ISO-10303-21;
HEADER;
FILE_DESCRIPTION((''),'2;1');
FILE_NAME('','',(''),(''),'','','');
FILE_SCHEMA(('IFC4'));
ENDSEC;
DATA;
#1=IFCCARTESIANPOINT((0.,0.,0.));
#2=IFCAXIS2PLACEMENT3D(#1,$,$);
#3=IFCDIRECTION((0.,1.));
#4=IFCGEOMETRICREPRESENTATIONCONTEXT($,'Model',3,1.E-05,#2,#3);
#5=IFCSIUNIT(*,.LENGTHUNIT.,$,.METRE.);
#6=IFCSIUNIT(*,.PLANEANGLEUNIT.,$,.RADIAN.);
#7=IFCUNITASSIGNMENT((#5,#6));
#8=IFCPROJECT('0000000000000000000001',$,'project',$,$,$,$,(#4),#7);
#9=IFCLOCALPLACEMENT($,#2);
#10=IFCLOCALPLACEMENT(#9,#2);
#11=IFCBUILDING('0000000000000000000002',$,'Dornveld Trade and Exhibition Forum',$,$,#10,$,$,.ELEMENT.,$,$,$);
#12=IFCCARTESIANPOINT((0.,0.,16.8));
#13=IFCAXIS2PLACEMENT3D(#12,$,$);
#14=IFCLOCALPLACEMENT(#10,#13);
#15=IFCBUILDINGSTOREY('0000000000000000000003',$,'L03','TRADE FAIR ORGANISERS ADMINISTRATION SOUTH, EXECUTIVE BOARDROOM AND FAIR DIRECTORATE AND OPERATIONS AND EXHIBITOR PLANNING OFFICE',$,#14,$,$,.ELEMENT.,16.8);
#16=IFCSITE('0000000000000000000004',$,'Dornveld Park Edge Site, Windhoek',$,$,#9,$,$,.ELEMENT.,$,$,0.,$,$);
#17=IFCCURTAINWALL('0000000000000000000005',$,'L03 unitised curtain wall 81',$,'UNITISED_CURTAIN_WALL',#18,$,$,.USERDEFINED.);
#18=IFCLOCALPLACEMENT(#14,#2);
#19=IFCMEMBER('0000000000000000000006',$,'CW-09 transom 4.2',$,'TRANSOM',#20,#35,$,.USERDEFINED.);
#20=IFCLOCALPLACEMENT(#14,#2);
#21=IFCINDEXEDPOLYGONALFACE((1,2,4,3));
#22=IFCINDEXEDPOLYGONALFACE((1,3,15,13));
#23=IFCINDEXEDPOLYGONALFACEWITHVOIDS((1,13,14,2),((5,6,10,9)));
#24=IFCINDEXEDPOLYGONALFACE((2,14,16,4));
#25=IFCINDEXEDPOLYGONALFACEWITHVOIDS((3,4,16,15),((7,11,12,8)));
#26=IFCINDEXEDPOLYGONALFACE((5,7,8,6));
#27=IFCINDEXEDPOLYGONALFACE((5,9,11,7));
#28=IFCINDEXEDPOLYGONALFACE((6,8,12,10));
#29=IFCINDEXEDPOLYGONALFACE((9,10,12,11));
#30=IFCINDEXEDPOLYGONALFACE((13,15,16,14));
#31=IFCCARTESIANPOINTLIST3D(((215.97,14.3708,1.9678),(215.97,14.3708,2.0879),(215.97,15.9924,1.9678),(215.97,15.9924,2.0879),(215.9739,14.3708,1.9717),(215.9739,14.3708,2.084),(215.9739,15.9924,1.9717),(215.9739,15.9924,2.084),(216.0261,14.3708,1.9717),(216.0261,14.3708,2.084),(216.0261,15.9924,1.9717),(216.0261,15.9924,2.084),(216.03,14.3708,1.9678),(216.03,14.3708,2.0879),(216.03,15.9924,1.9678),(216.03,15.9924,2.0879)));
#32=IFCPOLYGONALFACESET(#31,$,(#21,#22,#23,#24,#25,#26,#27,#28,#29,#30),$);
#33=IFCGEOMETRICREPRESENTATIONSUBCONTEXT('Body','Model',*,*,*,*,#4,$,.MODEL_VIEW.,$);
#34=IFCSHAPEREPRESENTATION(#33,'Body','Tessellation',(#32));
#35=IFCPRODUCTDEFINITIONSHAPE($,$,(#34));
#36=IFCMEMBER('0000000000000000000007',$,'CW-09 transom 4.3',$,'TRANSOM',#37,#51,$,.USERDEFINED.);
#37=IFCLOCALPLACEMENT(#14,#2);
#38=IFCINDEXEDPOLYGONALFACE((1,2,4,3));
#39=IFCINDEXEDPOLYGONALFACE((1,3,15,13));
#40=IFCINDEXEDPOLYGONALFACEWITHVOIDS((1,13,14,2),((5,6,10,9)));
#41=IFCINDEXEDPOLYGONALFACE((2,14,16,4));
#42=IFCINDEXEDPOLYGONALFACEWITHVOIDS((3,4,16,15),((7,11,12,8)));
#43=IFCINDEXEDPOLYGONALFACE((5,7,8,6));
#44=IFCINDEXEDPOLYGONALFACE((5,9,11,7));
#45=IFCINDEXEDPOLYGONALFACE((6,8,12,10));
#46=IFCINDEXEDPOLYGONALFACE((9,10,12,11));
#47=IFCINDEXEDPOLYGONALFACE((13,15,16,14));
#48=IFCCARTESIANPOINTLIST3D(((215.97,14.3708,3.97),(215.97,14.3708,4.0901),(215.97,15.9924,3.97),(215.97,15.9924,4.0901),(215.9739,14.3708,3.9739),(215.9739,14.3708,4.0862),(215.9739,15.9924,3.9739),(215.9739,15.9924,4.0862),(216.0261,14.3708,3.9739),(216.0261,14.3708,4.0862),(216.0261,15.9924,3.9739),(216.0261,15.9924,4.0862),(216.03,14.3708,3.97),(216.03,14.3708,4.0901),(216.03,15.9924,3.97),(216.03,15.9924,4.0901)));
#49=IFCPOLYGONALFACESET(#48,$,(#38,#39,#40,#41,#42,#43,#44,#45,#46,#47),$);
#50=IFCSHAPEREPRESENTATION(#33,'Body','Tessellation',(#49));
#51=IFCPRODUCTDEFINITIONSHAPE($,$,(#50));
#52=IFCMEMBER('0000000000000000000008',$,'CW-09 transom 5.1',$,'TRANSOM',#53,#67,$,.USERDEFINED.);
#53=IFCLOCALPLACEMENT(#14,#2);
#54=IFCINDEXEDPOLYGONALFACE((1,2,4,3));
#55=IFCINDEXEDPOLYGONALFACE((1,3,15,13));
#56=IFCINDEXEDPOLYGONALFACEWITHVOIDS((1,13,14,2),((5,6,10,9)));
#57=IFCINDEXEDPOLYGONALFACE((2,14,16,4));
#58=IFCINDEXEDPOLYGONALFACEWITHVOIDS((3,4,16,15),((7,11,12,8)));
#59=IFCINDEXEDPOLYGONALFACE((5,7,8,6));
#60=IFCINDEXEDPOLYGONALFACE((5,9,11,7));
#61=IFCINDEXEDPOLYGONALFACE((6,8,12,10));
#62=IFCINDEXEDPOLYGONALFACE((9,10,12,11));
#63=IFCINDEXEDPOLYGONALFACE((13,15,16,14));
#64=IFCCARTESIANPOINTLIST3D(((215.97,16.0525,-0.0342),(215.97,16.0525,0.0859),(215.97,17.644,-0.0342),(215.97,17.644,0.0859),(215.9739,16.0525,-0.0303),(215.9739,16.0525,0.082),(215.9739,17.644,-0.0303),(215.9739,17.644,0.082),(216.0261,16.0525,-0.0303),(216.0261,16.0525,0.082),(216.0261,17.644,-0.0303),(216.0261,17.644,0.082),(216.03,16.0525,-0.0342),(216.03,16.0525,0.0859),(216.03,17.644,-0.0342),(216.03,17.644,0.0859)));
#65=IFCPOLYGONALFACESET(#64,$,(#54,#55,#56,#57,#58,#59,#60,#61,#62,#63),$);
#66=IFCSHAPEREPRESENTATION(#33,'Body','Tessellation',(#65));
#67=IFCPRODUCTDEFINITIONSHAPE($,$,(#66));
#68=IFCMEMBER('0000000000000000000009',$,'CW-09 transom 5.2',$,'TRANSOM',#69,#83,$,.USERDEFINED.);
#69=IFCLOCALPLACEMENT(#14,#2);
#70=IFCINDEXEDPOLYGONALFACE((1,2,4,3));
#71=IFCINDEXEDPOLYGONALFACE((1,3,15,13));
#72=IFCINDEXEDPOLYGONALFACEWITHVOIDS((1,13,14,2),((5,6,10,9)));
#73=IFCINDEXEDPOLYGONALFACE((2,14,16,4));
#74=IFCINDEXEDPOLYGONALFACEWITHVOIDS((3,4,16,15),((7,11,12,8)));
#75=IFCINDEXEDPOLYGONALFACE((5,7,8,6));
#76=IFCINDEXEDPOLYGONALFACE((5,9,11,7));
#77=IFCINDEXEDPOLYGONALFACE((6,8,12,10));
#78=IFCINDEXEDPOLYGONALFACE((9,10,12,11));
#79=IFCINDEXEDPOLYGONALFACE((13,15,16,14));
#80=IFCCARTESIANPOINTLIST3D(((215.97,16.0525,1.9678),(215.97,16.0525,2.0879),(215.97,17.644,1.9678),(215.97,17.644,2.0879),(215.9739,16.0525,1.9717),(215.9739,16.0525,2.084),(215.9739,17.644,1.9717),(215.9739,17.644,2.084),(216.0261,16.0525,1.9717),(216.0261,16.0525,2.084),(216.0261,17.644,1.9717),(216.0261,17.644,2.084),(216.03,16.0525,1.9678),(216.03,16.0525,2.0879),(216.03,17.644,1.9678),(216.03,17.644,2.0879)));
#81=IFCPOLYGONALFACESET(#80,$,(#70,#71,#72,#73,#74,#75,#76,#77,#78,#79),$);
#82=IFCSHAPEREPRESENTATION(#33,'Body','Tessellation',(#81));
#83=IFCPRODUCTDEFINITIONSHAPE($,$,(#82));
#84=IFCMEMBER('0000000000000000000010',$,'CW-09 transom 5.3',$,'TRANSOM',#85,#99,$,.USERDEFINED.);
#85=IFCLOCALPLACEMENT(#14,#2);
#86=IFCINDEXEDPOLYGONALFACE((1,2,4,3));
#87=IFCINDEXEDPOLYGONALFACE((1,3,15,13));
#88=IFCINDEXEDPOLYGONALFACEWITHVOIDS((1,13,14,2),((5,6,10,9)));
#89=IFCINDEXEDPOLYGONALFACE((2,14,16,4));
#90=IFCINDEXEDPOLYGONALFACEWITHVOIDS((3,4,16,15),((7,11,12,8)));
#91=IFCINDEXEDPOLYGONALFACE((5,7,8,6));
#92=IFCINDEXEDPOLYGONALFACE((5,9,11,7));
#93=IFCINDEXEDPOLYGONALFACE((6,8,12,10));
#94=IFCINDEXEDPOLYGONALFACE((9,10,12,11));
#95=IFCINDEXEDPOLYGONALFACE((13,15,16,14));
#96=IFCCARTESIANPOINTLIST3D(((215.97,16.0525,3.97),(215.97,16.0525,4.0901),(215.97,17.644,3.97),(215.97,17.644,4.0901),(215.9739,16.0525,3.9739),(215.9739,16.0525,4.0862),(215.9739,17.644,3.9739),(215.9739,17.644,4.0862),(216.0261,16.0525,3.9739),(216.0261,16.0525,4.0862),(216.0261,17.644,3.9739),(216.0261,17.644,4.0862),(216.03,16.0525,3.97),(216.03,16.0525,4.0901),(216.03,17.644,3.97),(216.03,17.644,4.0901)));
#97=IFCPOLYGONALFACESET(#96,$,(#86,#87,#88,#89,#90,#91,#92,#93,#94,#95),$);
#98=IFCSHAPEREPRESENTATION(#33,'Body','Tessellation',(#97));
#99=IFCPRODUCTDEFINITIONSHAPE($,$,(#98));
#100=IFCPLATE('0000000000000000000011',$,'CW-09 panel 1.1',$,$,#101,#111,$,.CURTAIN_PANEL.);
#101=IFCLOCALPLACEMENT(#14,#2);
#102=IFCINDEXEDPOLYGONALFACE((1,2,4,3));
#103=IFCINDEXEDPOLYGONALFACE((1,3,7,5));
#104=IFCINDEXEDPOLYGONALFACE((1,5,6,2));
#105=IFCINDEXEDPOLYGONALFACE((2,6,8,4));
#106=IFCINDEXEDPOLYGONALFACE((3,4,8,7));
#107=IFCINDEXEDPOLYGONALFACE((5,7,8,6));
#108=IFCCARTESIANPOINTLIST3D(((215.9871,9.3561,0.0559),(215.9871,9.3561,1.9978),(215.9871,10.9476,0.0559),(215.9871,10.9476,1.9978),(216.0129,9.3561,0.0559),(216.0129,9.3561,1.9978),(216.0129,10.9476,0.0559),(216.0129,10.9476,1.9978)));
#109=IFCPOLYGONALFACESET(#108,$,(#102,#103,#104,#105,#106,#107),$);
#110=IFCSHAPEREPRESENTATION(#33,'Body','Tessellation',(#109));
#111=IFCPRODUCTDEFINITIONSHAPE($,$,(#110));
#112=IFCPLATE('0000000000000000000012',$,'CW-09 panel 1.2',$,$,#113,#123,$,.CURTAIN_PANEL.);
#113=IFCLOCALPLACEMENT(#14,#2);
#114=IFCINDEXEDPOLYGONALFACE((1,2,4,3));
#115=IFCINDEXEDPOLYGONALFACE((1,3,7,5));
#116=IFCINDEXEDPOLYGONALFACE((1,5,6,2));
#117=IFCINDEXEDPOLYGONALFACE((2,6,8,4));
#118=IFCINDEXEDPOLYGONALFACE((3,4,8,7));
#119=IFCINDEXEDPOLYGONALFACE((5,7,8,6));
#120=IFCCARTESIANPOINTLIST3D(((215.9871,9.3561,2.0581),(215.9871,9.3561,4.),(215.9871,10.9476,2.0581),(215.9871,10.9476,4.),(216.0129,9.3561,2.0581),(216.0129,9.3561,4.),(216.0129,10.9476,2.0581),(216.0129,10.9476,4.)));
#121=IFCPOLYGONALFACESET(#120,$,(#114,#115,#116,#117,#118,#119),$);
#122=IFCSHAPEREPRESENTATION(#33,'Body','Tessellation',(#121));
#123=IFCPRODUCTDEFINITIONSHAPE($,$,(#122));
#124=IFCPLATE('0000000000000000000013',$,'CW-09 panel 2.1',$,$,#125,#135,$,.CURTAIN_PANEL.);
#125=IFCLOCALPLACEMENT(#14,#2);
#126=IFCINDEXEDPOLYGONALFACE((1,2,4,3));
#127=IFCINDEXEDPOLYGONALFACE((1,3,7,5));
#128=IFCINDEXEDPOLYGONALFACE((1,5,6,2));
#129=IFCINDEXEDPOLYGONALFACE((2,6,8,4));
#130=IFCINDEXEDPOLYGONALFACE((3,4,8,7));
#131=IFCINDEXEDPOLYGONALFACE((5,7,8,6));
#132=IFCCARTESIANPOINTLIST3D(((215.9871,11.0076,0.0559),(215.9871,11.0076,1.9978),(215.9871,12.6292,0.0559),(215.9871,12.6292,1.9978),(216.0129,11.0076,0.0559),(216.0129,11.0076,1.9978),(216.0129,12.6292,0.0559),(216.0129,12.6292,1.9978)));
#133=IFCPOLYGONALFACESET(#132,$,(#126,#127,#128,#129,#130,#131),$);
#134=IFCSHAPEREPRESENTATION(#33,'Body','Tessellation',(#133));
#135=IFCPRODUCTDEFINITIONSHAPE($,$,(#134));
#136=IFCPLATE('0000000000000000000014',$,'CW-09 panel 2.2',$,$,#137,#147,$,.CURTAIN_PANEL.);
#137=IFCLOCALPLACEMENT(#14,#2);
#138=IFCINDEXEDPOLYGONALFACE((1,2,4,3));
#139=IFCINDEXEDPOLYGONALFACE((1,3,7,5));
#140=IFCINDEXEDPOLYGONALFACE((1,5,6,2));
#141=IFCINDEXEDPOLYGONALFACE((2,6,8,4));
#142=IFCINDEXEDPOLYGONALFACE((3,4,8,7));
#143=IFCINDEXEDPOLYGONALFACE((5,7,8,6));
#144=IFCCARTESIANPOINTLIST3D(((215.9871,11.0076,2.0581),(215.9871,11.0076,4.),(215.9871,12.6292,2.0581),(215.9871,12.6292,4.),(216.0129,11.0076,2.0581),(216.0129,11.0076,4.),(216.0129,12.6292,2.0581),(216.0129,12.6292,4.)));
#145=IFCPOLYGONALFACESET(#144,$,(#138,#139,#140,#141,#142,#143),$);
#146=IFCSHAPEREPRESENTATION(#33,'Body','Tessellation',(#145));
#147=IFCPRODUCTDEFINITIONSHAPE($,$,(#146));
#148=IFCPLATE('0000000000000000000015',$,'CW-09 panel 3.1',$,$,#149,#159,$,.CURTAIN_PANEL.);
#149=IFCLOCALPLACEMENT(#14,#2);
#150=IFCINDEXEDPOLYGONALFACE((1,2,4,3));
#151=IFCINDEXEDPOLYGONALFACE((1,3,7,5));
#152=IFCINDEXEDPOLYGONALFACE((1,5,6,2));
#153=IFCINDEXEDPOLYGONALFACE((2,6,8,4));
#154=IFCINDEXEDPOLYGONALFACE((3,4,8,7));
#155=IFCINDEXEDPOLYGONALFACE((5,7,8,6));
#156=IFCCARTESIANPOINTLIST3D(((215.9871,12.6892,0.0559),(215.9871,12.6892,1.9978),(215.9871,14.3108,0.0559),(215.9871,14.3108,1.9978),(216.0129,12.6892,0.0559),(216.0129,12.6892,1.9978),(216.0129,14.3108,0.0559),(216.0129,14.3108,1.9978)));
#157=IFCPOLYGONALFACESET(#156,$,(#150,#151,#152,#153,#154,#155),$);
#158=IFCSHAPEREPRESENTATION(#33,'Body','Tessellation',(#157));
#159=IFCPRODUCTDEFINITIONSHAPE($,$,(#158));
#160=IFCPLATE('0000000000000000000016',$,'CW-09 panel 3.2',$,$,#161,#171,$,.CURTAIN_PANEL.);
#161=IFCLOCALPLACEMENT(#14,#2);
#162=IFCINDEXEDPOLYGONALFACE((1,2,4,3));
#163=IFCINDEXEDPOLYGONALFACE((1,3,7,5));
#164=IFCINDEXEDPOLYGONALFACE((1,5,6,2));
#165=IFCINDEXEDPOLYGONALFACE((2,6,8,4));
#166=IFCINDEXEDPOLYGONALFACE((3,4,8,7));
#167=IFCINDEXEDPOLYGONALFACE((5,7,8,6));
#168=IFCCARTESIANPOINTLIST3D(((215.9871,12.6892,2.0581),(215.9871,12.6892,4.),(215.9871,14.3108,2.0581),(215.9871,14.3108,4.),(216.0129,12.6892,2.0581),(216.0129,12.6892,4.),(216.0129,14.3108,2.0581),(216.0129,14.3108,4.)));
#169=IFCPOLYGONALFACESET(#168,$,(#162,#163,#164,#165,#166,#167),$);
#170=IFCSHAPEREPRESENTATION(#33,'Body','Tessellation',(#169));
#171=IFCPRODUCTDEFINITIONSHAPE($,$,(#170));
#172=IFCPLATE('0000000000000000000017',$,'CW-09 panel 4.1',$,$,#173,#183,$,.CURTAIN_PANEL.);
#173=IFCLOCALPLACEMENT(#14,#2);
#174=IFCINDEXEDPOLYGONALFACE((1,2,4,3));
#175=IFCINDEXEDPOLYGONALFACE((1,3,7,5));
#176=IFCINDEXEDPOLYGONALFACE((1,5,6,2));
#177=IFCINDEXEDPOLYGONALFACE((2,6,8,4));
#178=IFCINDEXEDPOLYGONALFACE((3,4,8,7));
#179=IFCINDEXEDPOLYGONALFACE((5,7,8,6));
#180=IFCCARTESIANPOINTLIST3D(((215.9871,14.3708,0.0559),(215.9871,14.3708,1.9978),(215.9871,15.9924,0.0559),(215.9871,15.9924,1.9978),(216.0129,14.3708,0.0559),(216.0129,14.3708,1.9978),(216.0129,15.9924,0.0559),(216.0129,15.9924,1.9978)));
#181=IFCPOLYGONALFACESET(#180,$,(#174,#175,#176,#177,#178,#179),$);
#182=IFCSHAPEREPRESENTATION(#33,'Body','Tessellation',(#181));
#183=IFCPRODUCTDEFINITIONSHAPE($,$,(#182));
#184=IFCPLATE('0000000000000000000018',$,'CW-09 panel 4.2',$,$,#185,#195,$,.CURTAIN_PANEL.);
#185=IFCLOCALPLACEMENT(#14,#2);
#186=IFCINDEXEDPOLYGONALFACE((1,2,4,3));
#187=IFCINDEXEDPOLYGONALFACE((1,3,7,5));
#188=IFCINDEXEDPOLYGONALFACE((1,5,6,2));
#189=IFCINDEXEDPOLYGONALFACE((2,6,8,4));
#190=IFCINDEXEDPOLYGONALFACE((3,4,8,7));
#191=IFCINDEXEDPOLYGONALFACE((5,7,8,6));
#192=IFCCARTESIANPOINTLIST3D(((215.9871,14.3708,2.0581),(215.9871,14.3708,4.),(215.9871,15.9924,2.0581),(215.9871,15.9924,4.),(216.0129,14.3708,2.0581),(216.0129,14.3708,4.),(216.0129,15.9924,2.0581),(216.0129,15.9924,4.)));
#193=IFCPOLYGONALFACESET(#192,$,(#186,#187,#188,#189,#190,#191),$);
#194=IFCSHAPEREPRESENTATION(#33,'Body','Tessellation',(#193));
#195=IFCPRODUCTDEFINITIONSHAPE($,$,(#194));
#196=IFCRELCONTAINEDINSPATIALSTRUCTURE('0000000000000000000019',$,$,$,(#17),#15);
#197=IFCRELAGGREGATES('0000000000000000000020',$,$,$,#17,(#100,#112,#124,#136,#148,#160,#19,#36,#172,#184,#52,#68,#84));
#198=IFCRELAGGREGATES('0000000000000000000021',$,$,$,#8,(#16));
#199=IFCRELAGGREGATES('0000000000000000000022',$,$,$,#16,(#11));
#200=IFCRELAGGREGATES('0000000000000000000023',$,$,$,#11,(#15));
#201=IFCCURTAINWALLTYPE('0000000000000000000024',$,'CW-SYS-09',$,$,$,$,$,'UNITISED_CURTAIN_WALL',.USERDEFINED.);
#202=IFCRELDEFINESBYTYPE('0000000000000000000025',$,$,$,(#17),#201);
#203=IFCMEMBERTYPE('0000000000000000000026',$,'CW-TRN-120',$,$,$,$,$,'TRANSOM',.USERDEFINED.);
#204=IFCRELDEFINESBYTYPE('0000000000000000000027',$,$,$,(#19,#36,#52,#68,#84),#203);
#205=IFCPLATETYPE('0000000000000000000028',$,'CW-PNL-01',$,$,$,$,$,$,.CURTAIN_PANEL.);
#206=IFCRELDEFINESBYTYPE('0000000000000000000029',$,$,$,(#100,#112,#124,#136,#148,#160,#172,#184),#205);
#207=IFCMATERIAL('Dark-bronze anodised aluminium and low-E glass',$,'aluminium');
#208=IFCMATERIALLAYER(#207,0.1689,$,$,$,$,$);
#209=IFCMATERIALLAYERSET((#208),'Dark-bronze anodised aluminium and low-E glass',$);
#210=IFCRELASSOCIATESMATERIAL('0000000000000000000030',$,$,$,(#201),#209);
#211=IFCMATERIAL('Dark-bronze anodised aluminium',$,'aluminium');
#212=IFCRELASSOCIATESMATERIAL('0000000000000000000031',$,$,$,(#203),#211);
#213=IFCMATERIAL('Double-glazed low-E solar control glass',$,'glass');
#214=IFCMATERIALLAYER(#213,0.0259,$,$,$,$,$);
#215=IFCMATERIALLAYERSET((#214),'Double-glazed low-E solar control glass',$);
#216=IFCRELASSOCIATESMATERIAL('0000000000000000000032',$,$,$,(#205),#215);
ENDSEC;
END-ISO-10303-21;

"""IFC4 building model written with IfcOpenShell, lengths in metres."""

from ifc_helpers import new_model, si_unit, direction, frame, origin, origin_2d, place, context, subcontext, project, spatial, rectangle, hollow_rectangle, extrude, material, layer, layer_set, material_profile, profile_set, type_object, element, aggregate, save


model = new_model("IFC4")

# Units and contexts
model_context = context("Model", 3, precision=1e-05, world=origin(), true_north=direction((0.0, 1.0)))
body_context = subcontext(model_context, "Body", "Model", "MODEL_VIEW")
ifc_project = project(units=[si_unit("LENGTHUNIT", "METRE"), si_unit("PLANEANGLEUNIT", "RADIAN")], contexts=[model_context])

# Site, building, storey
site_placement = place(None, origin())
site = spatial("IfcSite", under=ifc_project, at=site_placement, Name="Dornveld Park Edge Site, Windhoek", CompositionType="ELEMENT", RefElevation=0.0)
building_placement = place(site_placement, origin())
building = spatial("IfcBuilding", under=site, at=building_placement, Name="Dornveld Trade and Exhibition Forum", CompositionType="ELEMENT")
storey_placement = place(building_placement, frame((0.0, 0.0, 16.8)))
storey = spatial("IfcBuildingStorey", under=building, at=storey_placement, Name="L03", Description="TRADE FAIR ORGANISERS ADMINISTRATION SOUTH, EXECUTIVE BOARDROOM AND FAIR DIRECTORATE AND OPERATIONS AND EXHIBITOR PLANNING OFFICE", CompositionType="ELEMENT", Elevation=16.8)

# Curtain wall, members, plates
ifc_material_1 = material(Name="Dark-bronze anodised aluminium and low-E glass", Category="aluminium")
ifc_layer_1 = layer(ifc_material_1, 0.1689)
ifc_layer_set_1 = layer_set([ifc_layer_1], Name="Dark-bronze anodised aluminium and low-E glass")
curtain_wall_type = type_object("IfcCurtainWallType", Name="CW-SYS-09", ElementType="UNITISED_CURTAIN_WALL", PredefinedType="USERDEFINED", material=ifc_layer_set_1)
curtain_wall_placement = place(storey_placement, origin())
curtain_wall = element("IfcCurtainWall", 1, at=curtain_wall_placement, inside=storey, type_object=curtain_wall_type, Name="L03 unitised curtain wall 81", ObjectType="UNITISED_CURTAIN_WALL", PredefinedType="USERDEFINED")
ifc_material_2 = material(Name="Dark-bronze anodised aluminium", Category="aluminium")
ifc_material_profile_1 = material_profile(ifc_material_2, hollow_rectangle(XDim=0.0601, YDim=0.1201, WallThickness=0.0039, at=origin_2d()), Name="RHS 120x60x4")
ifc_profile_set_1 = profile_set([ifc_material_profile_1], Name="Dark-bronze anodised aluminium")
member_type_1 = type_object("IfcMemberType", Name="CW-TRN-120", ElementType="TRANSOM", PredefinedType="USERDEFINED", material=ifc_profile_set_1)
member_1_placement = place(storey_placement, frame((216.0, 14.3708, 2.0278), z_axis=(0.0, 1.0, 0.0), x_axis=(-1.0, 0.0, 0.0)))
member_1 = element("IfcMember", 2, at=member_1_placement, type_object=member_type_1, Name="CW-09 transom 4.2", ObjectType="TRANSOM", PredefinedType="USERDEFINED", context=body_context, shape_type="SweptSolid", body=[
    extrude(hollow_rectangle(XDim=0.0601, YDim=0.1201, WallThickness=0.0039, at=origin_2d()), origin(), (0.0, 0.0, 1.0), 1.6216),
])
member_2_placement = place(storey_placement, frame((216.0, 14.3708, 4.03), z_axis=(0.0, 1.0, 0.0), x_axis=(-1.0, 0.0, 0.0)))
member_2 = element("IfcMember", 3, at=member_2_placement, type_object=member_type_1, Name="CW-09 transom 4.3", ObjectType="TRANSOM", PredefinedType="USERDEFINED", context=body_context, shape_type="SweptSolid", body=[
    extrude(hollow_rectangle(XDim=0.0601, YDim=0.1201, WallThickness=0.0039, at=origin_2d()), origin(), (0.0, 0.0, 1.0), 1.6216),
])
member_3_placement = place(storey_placement, frame((216.0, 16.0525, 0.0259), z_axis=(0.0, 1.0, 0.0), x_axis=(-1.0, 0.0, 0.0)))
member_3 = element("IfcMember", 4, at=member_3_placement, type_object=member_type_1, Name="CW-09 transom 5.1", ObjectType="TRANSOM", PredefinedType="USERDEFINED", context=body_context, shape_type="SweptSolid", body=[
    extrude(hollow_rectangle(XDim=0.0601, YDim=0.1201, WallThickness=0.0039, at=origin_2d()), origin(), (0.0, 0.0, 1.0), 1.5916),
])
member_4_placement = place(storey_placement, frame((216.0, 16.0525, 2.0278), z_axis=(0.0, 1.0, 0.0), x_axis=(-1.0, 0.0, 0.0)))
member_4 = element("IfcMember", 5, at=member_4_placement, type_object=member_type_1, Name="CW-09 transom 5.2", ObjectType="TRANSOM", PredefinedType="USERDEFINED", context=body_context, shape_type="SweptSolid", body=[
    extrude(hollow_rectangle(XDim=0.0601, YDim=0.1201, WallThickness=0.0039, at=origin_2d()), origin(), (0.0, 0.0, 1.0), 1.5916),
])
member_5_placement = place(storey_placement, frame((216.0, 16.0525, 4.03), z_axis=(0.0, 1.0, 0.0), x_axis=(-1.0, 0.0, 0.0)))
member_5 = element("IfcMember", 6, at=member_5_placement, type_object=member_type_1, Name="CW-09 transom 5.3", ObjectType="TRANSOM", PredefinedType="USERDEFINED", context=body_context, shape_type="SweptSolid", body=[
    extrude(hollow_rectangle(XDim=0.0601, YDim=0.1201, WallThickness=0.0039, at=origin_2d()), origin(), (0.0, 0.0, 1.0), 1.5916),
])
ifc_material_3 = material(Name="Double-glazed low-E solar control glass", Category="glass")
ifc_layer_2 = layer(ifc_material_3, 0.0259)
ifc_layer_set_2 = layer_set([ifc_layer_2], Name="Double-glazed low-E solar control glass")
plate_type = type_object("IfcPlateType", Name="CW-PNL-01", PredefinedType="CURTAIN_PANEL", material=ifc_layer_set_2)
plate_1_placement = place(storey_placement, frame((216.0, 10.1519, 0.0559), z_axis=(0.0, 0.0, 1.0), x_axis=(0.0, 1.0, 0.0)))
plate_1 = element("IfcPlate", 7, at=plate_1_placement, type_object=plate_type, Name="CW-09 panel 1.1", PredefinedType="CURTAIN_PANEL", context=body_context, shape_type="SweptSolid", body=[
    extrude(rectangle(XDim=1.5916, YDim=0.0259, at=origin_2d()), origin(), (0.0, 0.0, 1.0), 1.9419),
])
plate_2_placement = place(storey_placement, frame((216.0, 10.1519, 2.0581), z_axis=(0.0, 0.0, 1.0), x_axis=(0.0, 1.0, 0.0)))
plate_2 = element("IfcPlate", 8, at=plate_2_placement, type_object=plate_type, Name="CW-09 panel 1.2", PredefinedType="CURTAIN_PANEL", context=body_context, shape_type="SweptSolid", body=[
    extrude(rectangle(XDim=1.5916, YDim=0.0259, at=origin_2d()), origin(), (0.0, 0.0, 1.0), 1.9419),
])
plate_3_placement = place(storey_placement, frame((216.0, 11.8184, 0.0559), z_axis=(0.0, 0.0, 1.0), x_axis=(0.0, 1.0, 0.0)))
plate_3 = element("IfcPlate", 9, at=plate_3_placement, type_object=plate_type, Name="CW-09 panel 2.1", PredefinedType="CURTAIN_PANEL", context=body_context, shape_type="SweptSolid", body=[
    extrude(rectangle(XDim=1.6216, YDim=0.0259, at=origin_2d()), origin(), (0.0, 0.0, 1.0), 1.9419),
])
plate_4_placement = place(storey_placement, frame((216.0, 11.8184, 2.0581), z_axis=(0.0, 0.0, 1.0), x_axis=(0.0, 1.0, 0.0)))
plate_4 = element("IfcPlate", 10, at=plate_4_placement, type_object=plate_type, Name="CW-09 panel 2.2", PredefinedType="CURTAIN_PANEL", context=body_context, shape_type="SweptSolid", body=[
    extrude(rectangle(XDim=1.6216, YDim=0.0259, at=origin_2d()), origin(), (0.0, 0.0, 1.0), 1.9419),
])
plate_5_placement = place(storey_placement, frame((216.0, 13.5, 0.0559), z_axis=(0.0, 0.0, 1.0), x_axis=(0.0, 1.0, 0.0)))
plate_5 = element("IfcPlate", 11, at=plate_5_placement, type_object=plate_type, Name="CW-09 panel 3.1", PredefinedType="CURTAIN_PANEL", context=body_context, shape_type="SweptSolid", body=[
    extrude(rectangle(XDim=1.6216, YDim=0.0259, at=origin_2d()), origin(), (0.0, 0.0, 1.0), 1.9419),
])
plate_6_placement = place(storey_placement, frame((216.0, 13.5, 2.0581), z_axis=(0.0, 0.0, 1.0), x_axis=(0.0, 1.0, 0.0)))
plate_6 = element("IfcPlate", 12, at=plate_6_placement, type_object=plate_type, Name="CW-09 panel 3.2", PredefinedType="CURTAIN_PANEL", context=body_context, shape_type="SweptSolid", body=[
    extrude(rectangle(XDim=1.6216, YDim=0.0259, at=origin_2d()), origin(), (0.0, 0.0, 1.0), 1.9419),
])
plate_7_placement = place(storey_placement, frame((216.0, 15.1816, 0.0559), z_axis=(0.0, 0.0, 1.0), x_axis=(0.0, 1.0, 0.0)))
plate_7 = element("IfcPlate", 13, at=plate_7_placement, type_object=plate_type, Name="CW-09 panel 4.1", PredefinedType="CURTAIN_PANEL", context=body_context, shape_type="SweptSolid", body=[
    extrude(rectangle(XDim=1.6216, YDim=0.0259, at=origin_2d()), origin(), (0.0, 0.0, 1.0), 1.9419),
])
plate_8_placement = place(storey_placement, frame((216.0, 15.1816, 2.0581), z_axis=(0.0, 0.0, 1.0), x_axis=(0.0, 1.0, 0.0)))
plate_8 = element("IfcPlate", 14, at=plate_8_placement, type_object=plate_type, Name="CW-09 panel 4.2", PredefinedType="CURTAIN_PANEL", context=body_context, shape_type="SweptSolid", body=[
    extrude(rectangle(XDim=1.6216, YDim=0.0259, at=origin_2d()), origin(), (0.0, 0.0, 1.0), 1.9419),
])
aggregate(curtain_wall, [plate_1, plate_2, plate_3, plate_4, plate_5, plate_6, member_1, member_2, plate_7, plate_8, member_3, member_4, member_5])

save(model, "model.ifc")
